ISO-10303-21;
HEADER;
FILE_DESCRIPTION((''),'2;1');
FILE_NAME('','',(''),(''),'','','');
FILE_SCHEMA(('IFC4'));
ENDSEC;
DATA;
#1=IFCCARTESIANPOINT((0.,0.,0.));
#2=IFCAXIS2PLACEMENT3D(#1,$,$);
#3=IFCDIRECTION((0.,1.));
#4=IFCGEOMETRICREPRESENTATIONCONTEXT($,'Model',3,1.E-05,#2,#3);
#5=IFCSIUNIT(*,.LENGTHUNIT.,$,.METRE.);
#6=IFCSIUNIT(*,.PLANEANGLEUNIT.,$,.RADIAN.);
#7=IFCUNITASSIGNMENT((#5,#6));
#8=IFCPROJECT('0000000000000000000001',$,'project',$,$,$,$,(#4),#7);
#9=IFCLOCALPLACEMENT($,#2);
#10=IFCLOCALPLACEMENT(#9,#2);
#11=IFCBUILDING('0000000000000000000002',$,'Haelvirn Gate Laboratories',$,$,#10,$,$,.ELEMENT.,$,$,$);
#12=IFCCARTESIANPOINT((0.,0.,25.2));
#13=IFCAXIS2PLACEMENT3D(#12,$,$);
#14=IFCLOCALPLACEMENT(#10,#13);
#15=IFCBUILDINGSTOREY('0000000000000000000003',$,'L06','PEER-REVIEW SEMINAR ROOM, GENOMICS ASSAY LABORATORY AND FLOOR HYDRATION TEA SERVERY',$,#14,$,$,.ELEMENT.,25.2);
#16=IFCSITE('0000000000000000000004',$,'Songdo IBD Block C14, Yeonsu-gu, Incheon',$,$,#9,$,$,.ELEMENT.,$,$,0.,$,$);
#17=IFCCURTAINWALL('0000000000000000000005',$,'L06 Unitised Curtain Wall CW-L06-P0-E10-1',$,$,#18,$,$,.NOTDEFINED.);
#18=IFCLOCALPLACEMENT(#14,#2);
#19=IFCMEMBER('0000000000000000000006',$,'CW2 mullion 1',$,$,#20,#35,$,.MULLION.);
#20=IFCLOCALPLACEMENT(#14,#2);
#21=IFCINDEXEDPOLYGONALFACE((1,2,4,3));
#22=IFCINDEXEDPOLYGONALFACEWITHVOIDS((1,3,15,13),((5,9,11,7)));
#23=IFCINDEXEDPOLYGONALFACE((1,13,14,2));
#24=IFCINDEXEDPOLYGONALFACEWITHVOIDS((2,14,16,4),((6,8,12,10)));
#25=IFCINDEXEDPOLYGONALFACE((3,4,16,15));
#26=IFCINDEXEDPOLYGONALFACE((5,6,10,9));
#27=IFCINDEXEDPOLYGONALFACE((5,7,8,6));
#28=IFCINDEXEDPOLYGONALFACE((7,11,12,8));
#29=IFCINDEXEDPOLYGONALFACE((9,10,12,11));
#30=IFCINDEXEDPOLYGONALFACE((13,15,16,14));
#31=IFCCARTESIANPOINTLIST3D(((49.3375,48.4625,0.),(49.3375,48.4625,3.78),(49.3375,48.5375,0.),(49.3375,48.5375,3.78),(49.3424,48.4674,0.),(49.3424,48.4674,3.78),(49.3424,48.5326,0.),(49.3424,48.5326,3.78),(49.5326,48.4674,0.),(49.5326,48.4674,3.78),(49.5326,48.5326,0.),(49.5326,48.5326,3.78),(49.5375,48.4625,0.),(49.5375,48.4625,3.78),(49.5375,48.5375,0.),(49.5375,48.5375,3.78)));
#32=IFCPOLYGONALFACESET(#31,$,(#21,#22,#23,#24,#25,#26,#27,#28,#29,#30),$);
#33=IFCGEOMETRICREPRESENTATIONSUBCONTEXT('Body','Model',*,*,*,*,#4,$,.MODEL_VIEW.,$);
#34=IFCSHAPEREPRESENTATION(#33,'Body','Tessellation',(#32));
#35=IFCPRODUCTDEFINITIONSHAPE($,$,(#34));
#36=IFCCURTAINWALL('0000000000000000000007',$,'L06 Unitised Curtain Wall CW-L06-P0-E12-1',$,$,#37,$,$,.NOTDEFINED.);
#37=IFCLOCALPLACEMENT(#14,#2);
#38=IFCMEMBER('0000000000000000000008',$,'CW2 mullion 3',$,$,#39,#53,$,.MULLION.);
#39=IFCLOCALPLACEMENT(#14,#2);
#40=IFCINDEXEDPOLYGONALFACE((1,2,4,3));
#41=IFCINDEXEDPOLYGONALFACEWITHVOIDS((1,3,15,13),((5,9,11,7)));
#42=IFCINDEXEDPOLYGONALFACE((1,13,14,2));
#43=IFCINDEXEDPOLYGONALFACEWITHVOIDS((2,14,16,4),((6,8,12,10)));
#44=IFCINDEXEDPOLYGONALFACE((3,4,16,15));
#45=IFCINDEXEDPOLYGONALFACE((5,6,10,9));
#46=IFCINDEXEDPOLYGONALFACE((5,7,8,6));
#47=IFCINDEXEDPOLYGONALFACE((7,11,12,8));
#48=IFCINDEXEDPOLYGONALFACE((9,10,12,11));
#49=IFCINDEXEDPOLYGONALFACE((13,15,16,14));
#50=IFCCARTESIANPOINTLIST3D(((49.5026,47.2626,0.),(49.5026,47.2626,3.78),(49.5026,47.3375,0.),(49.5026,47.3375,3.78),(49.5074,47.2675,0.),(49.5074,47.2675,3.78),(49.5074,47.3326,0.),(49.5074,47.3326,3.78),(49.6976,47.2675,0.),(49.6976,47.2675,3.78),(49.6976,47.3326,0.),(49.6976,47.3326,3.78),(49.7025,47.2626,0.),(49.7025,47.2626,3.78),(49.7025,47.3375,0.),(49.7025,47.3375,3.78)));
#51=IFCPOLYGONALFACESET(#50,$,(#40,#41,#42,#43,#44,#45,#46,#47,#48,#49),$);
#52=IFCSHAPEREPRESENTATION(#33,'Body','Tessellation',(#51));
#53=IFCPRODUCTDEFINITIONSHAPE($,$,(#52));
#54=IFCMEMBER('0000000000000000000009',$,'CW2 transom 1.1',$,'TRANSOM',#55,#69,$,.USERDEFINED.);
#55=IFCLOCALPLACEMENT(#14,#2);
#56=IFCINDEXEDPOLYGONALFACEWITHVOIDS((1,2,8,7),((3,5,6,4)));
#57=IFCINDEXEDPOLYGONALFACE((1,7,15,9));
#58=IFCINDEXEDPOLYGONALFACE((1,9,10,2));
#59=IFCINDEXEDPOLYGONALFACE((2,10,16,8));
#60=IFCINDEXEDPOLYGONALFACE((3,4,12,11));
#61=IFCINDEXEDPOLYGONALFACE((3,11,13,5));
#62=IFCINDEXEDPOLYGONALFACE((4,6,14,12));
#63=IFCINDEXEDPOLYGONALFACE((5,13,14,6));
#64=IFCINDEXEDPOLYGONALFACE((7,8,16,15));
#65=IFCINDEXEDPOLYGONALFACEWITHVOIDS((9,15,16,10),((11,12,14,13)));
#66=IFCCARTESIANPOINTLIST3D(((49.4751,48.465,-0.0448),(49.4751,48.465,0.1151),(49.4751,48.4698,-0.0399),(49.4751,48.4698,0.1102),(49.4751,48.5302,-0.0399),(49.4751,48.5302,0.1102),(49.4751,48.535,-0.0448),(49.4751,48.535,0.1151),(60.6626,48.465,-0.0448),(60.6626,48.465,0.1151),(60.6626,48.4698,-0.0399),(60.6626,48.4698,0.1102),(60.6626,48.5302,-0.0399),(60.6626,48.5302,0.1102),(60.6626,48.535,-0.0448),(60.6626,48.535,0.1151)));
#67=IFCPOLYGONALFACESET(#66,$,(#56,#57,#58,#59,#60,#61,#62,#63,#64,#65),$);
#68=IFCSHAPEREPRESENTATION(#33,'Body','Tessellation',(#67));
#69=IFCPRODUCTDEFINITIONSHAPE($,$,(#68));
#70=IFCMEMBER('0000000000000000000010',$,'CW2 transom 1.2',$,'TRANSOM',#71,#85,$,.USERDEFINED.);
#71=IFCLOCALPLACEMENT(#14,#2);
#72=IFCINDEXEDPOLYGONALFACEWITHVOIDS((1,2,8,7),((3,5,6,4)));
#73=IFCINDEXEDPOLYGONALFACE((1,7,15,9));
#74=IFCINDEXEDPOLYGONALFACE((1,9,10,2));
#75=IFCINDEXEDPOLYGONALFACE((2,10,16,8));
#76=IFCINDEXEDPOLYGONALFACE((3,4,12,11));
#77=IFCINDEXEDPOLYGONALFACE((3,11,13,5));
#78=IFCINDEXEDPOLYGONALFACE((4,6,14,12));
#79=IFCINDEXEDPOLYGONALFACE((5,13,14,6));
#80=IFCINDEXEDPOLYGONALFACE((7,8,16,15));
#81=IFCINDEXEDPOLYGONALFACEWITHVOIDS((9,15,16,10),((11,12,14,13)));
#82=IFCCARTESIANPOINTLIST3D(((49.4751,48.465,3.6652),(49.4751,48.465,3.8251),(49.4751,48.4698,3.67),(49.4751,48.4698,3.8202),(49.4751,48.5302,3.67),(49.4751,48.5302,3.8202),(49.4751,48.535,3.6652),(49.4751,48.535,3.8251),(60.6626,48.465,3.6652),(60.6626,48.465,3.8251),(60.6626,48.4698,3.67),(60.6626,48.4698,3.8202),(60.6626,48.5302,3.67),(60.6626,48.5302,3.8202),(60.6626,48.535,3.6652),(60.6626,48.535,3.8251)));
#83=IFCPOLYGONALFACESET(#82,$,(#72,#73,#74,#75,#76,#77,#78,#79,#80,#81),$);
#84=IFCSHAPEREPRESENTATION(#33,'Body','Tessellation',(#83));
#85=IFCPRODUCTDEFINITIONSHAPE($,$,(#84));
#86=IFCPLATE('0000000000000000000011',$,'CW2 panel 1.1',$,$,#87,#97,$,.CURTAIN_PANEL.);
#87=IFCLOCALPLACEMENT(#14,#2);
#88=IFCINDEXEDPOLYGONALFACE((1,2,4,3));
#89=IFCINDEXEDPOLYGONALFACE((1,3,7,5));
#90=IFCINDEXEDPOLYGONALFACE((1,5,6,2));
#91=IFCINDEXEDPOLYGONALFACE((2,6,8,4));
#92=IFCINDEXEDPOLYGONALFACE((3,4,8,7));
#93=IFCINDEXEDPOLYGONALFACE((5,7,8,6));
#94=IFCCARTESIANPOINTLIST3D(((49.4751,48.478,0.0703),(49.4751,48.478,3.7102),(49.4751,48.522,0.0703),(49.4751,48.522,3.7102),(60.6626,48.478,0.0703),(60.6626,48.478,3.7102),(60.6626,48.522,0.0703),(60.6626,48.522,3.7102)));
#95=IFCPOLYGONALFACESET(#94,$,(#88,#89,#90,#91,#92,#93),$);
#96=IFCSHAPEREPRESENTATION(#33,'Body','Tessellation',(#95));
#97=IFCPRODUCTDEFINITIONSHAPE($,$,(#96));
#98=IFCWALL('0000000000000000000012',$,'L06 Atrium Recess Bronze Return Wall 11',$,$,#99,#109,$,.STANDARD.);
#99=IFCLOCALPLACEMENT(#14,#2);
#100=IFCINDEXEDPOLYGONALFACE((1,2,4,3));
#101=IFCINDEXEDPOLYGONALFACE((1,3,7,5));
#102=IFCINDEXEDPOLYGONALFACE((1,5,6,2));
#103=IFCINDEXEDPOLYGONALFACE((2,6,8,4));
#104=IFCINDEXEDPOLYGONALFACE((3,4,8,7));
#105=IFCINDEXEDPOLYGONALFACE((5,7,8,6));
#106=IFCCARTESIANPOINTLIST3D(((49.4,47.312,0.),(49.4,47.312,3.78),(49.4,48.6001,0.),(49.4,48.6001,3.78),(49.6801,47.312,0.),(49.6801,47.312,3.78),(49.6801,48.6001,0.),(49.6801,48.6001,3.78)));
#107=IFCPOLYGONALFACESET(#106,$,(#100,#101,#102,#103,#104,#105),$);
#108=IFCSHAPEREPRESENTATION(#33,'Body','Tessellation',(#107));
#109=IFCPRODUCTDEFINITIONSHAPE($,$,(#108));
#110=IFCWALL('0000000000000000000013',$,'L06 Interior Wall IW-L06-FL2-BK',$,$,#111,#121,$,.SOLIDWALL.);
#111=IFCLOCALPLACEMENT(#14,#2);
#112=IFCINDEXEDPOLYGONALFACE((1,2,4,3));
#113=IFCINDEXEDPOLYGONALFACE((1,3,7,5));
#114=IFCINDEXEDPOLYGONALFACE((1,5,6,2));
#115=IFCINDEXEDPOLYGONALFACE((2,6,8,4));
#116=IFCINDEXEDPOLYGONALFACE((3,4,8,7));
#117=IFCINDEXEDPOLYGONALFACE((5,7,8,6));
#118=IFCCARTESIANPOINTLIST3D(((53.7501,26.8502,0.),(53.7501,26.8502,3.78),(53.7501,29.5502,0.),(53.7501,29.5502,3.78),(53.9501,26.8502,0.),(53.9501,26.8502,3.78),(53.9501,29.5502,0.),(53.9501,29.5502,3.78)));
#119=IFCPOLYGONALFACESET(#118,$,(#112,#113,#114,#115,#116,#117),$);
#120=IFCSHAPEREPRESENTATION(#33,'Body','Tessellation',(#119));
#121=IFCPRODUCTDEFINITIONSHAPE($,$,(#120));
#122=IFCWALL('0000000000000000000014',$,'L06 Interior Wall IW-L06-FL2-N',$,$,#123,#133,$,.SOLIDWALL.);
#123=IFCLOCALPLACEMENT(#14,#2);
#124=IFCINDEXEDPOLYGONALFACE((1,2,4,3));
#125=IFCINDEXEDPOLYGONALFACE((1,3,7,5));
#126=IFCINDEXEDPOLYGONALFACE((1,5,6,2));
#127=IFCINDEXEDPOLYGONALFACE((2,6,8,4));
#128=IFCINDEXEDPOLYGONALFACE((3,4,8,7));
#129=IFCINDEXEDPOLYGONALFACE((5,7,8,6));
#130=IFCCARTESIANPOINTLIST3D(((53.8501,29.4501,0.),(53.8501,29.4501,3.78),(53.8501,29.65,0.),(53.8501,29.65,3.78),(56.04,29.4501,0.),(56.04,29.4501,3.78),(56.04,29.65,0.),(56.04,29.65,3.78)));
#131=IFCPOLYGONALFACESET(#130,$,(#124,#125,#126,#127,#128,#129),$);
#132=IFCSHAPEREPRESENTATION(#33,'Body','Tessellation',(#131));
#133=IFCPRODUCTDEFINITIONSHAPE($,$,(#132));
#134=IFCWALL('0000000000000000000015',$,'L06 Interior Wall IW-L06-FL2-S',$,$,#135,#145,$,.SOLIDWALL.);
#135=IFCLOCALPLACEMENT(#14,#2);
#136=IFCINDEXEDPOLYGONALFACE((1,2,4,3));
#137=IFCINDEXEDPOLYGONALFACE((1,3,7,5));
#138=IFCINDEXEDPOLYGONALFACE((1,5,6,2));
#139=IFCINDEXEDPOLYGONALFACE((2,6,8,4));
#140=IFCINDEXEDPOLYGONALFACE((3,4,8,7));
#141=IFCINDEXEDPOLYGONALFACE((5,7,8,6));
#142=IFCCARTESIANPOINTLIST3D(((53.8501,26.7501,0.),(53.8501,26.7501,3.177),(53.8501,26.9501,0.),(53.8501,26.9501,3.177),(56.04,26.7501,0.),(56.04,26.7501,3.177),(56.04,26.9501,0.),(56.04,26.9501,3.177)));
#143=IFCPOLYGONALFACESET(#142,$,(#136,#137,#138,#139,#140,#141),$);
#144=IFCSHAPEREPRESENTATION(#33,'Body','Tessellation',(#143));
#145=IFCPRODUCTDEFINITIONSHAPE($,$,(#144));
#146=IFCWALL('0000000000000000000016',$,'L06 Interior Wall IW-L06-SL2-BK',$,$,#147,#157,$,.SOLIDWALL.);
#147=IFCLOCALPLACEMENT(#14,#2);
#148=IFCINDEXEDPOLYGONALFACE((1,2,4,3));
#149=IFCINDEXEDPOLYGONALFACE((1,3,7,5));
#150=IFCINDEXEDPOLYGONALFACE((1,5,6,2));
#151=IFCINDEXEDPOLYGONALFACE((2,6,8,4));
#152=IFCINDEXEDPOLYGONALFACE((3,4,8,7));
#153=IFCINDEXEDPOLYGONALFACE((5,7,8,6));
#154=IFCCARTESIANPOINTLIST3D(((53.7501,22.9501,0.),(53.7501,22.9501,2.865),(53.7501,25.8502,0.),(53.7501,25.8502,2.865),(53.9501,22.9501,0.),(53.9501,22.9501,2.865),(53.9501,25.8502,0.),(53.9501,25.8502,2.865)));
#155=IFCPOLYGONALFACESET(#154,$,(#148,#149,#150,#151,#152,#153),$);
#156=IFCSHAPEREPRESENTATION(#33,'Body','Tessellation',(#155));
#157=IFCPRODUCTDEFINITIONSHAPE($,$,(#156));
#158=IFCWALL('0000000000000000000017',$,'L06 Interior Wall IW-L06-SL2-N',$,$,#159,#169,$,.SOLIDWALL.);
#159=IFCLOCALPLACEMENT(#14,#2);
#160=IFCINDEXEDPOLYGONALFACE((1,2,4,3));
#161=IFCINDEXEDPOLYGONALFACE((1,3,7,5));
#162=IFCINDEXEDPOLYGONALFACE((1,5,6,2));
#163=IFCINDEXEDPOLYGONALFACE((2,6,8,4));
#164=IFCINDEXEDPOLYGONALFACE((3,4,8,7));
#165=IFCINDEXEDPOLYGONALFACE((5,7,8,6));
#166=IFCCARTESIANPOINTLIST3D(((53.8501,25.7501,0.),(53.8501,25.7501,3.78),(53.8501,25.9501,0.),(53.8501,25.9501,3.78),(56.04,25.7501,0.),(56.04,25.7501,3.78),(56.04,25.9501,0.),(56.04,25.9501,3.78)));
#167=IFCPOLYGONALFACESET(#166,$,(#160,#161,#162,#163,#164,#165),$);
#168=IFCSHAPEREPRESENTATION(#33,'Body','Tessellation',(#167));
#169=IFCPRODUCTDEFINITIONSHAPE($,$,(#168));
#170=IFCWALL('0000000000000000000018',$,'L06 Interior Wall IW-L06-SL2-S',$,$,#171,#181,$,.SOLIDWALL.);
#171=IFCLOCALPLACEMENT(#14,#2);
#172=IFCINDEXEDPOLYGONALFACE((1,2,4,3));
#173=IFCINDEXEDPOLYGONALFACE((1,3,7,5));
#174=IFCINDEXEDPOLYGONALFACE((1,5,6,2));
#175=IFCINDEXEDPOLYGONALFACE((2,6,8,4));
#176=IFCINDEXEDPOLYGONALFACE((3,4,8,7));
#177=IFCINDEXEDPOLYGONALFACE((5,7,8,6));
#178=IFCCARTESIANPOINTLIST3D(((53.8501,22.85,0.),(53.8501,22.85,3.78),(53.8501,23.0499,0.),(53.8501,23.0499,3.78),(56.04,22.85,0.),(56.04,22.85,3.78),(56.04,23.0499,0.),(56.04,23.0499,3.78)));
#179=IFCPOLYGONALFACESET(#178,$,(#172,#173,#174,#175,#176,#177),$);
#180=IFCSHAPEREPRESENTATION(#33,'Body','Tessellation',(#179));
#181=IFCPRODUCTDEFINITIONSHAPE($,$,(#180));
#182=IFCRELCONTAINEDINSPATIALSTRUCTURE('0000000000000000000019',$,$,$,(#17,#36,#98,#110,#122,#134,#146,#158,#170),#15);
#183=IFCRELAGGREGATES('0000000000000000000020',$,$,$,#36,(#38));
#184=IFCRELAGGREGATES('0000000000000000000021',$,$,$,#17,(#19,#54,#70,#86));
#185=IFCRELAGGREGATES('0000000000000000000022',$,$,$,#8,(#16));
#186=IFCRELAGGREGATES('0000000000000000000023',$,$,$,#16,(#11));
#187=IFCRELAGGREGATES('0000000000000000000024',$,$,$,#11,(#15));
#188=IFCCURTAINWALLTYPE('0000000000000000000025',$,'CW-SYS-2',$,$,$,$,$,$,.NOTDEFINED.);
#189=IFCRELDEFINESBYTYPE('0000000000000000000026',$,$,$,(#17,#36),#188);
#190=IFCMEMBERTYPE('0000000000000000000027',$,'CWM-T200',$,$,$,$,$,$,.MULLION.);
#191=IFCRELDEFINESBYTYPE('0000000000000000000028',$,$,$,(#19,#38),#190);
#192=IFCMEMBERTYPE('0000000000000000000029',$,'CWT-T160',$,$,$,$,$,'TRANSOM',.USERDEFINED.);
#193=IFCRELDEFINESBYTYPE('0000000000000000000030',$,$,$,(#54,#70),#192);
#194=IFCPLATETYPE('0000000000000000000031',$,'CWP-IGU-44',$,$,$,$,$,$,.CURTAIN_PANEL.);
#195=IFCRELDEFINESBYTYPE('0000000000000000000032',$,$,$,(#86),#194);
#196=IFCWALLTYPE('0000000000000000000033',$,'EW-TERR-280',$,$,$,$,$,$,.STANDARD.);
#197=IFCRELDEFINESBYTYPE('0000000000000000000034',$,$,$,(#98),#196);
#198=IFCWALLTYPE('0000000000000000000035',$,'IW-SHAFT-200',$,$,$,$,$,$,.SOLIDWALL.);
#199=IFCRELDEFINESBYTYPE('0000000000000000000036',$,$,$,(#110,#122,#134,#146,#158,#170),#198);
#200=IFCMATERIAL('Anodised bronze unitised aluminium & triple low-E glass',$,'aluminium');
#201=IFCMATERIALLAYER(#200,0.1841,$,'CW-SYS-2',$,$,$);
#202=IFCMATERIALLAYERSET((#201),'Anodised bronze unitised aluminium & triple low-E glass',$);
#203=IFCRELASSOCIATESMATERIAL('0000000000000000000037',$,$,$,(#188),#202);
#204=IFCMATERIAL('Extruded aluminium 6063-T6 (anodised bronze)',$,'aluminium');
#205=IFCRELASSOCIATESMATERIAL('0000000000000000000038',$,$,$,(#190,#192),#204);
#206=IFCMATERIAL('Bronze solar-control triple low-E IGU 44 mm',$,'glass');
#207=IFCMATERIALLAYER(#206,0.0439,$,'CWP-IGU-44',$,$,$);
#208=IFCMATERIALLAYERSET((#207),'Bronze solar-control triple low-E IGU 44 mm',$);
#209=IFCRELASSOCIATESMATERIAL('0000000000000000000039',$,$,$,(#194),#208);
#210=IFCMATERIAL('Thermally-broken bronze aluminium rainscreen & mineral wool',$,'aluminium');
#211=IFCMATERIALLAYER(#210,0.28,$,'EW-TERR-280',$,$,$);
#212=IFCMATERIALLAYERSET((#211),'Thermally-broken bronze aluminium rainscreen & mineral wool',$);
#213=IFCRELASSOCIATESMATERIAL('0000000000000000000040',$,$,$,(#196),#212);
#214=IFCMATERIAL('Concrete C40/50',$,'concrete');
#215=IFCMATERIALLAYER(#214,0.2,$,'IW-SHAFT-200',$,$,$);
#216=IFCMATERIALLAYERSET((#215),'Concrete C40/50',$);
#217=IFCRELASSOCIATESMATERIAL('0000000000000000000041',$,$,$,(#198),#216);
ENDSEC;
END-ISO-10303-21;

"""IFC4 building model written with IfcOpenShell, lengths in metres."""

from ifc_helpers import new_model, si_unit, direction, frame, frame_2d, origin, origin_2d, place, context, subcontext, project, spatial, rectangle, hollow_rectangle, extrude, source, transform, mapped, material, layer, layer_set, material_profile, profile_set, type_object, type_shapes, element, aggregate, save


model = new_model("IFC4")

# Units and contexts
model_context = context("Model", 3, precision=1e-05, world=origin(), true_north=direction((0.0, 1.0)))
body_context = subcontext(model_context, "Body", "Model", "MODEL_VIEW")
ifc_project = project(units=[si_unit("LENGTHUNIT", "METRE"), si_unit("PLANEANGLEUNIT", "RADIAN")], contexts=[model_context])

# Site, building, storey
site_placement = place(None, origin())
site = spatial("IfcSite", under=ifc_project, at=site_placement, Name="Songdo IBD Block C14, Yeonsu-gu, Incheon", CompositionType="ELEMENT", RefElevation=0.0)
building_placement = place(site_placement, origin())
building = spatial("IfcBuilding", under=site, at=building_placement, Name="Haelvirn Gate Laboratories", CompositionType="ELEMENT")
storey_placement = place(building_placement, frame((0.0, 0.0, 25.2)))
storey = spatial("IfcBuildingStorey", under=building, at=storey_placement, Name="L06", Description="PEER-REVIEW SEMINAR ROOM, GENOMICS ASSAY LABORATORY AND FLOOR HYDRATION TEA SERVERY", CompositionType="ELEMENT", Elevation=25.2)

# Curtain walls, members
ifc_material_1 = material(Name="Anodised bronze unitised aluminium & triple low-E glass", Category="aluminium")
ifc_layer_1 = layer(ifc_material_1, 0.1841, Name="CW-SYS-2")
ifc_layer_set_1 = layer_set([ifc_layer_1], Name="Anodised bronze unitised aluminium & triple low-E glass")
curtain_wall_type = type_object("IfcCurtainWallType", Name="CW-SYS-2", PredefinedType="NOTDEFINED", material=ifc_layer_set_1)
curtain_wall_1_placement = place(storey_placement, origin())
curtain_wall_1 = element("IfcCurtainWall", 1, at=curtain_wall_1_placement, inside=storey, type_object=curtain_wall_type, Name="L06 Unitised Curtain Wall CW-L06-P0-E10-1", PredefinedType="NOTDEFINED")
ifc_material_2 = material(Name="Extruded aluminium 6063-T6 (anodised bronze)", Category="aluminium")
ifc_material_profile_1 = material_profile(ifc_material_2, hollow_rectangle(XDim=0.075, YDim=0.2, WallThickness=0.0049, at=origin_2d()), Name="CWM-200x75x5")
ifc_profile_set_1 = profile_set([ifc_material_profile_1], Name="Extruded aluminium 6063-T6 (anodised bronze)")
member_type_1 = type_object("IfcMemberType", Name="CWM-T200", PredefinedType="MULLION", material=ifc_profile_set_1)
shared_shape_1 = source(origin(), body_context, "Body", "SweptSolid", [
    extrude(hollow_rectangle(XDim=0.075, YDim=0.2, WallThickness=0.0049, at=origin_2d()), origin(), (0.0, 0.0, 1.0), 3.78),
])
type_shapes(member_type_1, [shared_shape_1])
member_1_placement = place(storey_placement, frame((49.4375, 48.5, 0.0), z_axis=(0.0, 0.0, 1.0), x_axis=(0.0, 1.0, 0.0)))
member_1 = element("IfcMember", 2, at=member_1_placement, type_object=member_type_1, Name="CW2 mullion 1", PredefinedType="MULLION", context=body_context, shape_type="MappedRepresentation", body=[
    mapped(shared_shape_1, transform((0.0, 0.0, 0.0), scale=1.0)),
])
curtain_wall_2_placement = place(storey_placement, origin())
curtain_wall_2 = element("IfcCurtainWall", 3, at=curtain_wall_2_placement, inside=storey, type_object=curtain_wall_type, Name="L06 Unitised Curtain Wall CW-L06-P0-E12-1", PredefinedType="NOTDEFINED")
member_2_placement = place(storey_placement, frame((49.6025, 47.3, 0.0), z_axis=(0.0, 0.0, 1.0), x_axis=(0.0, 1.0, 0.0)))
member_2 = element("IfcMember", 4, at=member_2_placement, type_object=member_type_1, Name="CW2 mullion 3", PredefinedType="MULLION", context=body_context, shape_type="MappedRepresentation", body=[
    mapped(shared_shape_1, transform((0.0, 0.0, 0.0), scale=1.0)),
])
aggregate(curtain_wall_2, [member_2])

# Members
ifc_material_profile_2 = material_profile(ifc_material_2, hollow_rectangle(XDim=0.0701, YDim=0.1599, WallThickness=0.0049, at=origin_2d()), Name="CWT-160x70x5")
ifc_profile_set_2 = profile_set([ifc_material_profile_2], Name="Extruded aluminium 6063-T6 (anodised bronze)")
member_type_2 = type_object("IfcMemberType", Name="CWT-T160", ElementType="TRANSOM", PredefinedType="USERDEFINED", material=ifc_profile_set_2)
shared_shape_2 = source(origin(), body_context, "Body", "SweptSolid", [
    extrude(hollow_rectangle(XDim=0.0701, YDim=0.1599, WallThickness=0.0049, at=origin_2d()), origin(), (0.0, 0.0, 1.0), 11.1875),
])
type_shapes(member_type_2, [shared_shape_2])
member_3_placement = place(storey_placement, frame((49.4751, 48.5, 0.0352), z_axis=(1.0, 0.0, 0.0), x_axis=(0.0, 1.0, 0.0)))
member_3 = element("IfcMember", 5, at=member_3_placement, type_object=member_type_2, Name="CW2 transom 1.1", ObjectType="TRANSOM", PredefinedType="USERDEFINED", context=body_context, shape_type="MappedRepresentation", body=[
    mapped(shared_shape_2, transform((0.0, 0.0, 0.0), scale=1.0)),
])
member_4_placement = place(storey_placement, frame((49.4751, 48.5, 3.7451), z_axis=(1.0, 0.0, 0.0), x_axis=(0.0, 1.0, 0.0)))
member_4 = element("IfcMember", 6, at=member_4_placement, type_object=member_type_2, Name="CW2 transom 1.2", ObjectType="TRANSOM", PredefinedType="USERDEFINED", context=body_context, shape_type="MappedRepresentation", body=[
    mapped(shared_shape_2, transform((0.0, 0.0, 0.0), scale=1.0)),
])

# Plate
ifc_material_3 = material(Name="Bronze solar-control triple low-E IGU 44 mm", Category="glass")
ifc_layer_2 = layer(ifc_material_3, 0.0439, Name="CWP-IGU-44")
ifc_layer_set_2 = layer_set([ifc_layer_2], Name="Bronze solar-control triple low-E IGU 44 mm")
plate_type = type_object("IfcPlateType", Name="CWP-IGU-44", PredefinedType="CURTAIN_PANEL", material=ifc_layer_set_2)
shared_shape_3 = source(origin(), body_context, "Body", "SweptSolid", [
    extrude(rectangle(XDim=11.1875, YDim=0.0439, at=origin_2d()), origin(), (0.0, 0.0, 1.0), 3.6399),
])
type_shapes(plate_type, [shared_shape_3])
plate_placement = place(storey_placement, frame((55.0688, 48.5, 0.0703), z_axis=(0.0, 0.0, 1.0), x_axis=(1.0, 0.0, 0.0)))
plate = element("IfcPlate", 7, at=plate_placement, type_object=plate_type, Name="CW2 panel 1.1", PredefinedType="CURTAIN_PANEL", context=body_context, shape_type="MappedRepresentation", body=[
    mapped(shared_shape_3, transform((0.0, 0.0, 0.0), scale=1.0)),
])
aggregate(curtain_wall_1, [member_1, member_3, member_4, plate])

# Walls
ifc_material_4 = material(Name="Thermally-broken bronze aluminium rainscreen & mineral wool", Category="aluminium")
ifc_layer_3 = layer(ifc_material_4, 0.28, Name="EW-TERR-280")
ifc_layer_set_3 = layer_set([ifc_layer_3], Name="Thermally-broken bronze aluminium rainscreen & mineral wool")
wall_type_1 = type_object("IfcWallType", Name="EW-TERR-280", PredefinedType="STANDARD", material=ifc_layer_set_3)
wall_1_placement = place(storey_placement, frame((49.54, 48.6001, 0.0), z_axis=(0.0, 0.0, 1.0), x_axis=(0.0, -1.0, 0.0)))
element("IfcWall", 8, at=wall_1_placement, inside=storey, type_object=wall_type_1, Name="L06 Atrium Recess Bronze Return Wall 11", PredefinedType="STANDARD", context=body_context, shape_type="SweptSolid", body=[
    extrude(rectangle(XDim=1.2881, YDim=0.28, at=frame_2d((0.644, 0.0))), origin(), (0.0, 0.0, 1.0), 3.78),
])
ifc_material_5 = material(Name="Concrete C40/50", Category="concrete")
ifc_layer_4 = layer(ifc_material_5, 0.2, Name="IW-SHAFT-200")
ifc_layer_set_4 = layer_set([ifc_layer_4], Name="Concrete C40/50")
wall_type_2 = type_object("IfcWallType", Name="IW-SHAFT-200", PredefinedType="SOLIDWALL", material=ifc_layer_set_4)
wall_2_placement = place(storey_placement, frame((53.8501, 26.8501, 0.0), z_axis=(0.0, 0.0, 1.0), x_axis=(0.0, 1.0, 0.0)))
element("IfcWall", 9, at=wall_2_placement, inside=storey, type_object=wall_type_2, Name="L06 Interior Wall IW-L06-FL2-BK", PredefinedType="SOLIDWALL", context=body_context, shape_type="SweptSolid", body=[
    extrude(rectangle(XDim=2.7, YDim=0.2, at=frame_2d((1.3501, 0.0))), origin(), (0.0, 0.0, 1.0), 3.78),
])
wall_3_placement = place(storey_placement, frame((53.8501, 29.55, 0.0), z_axis=(0.0, 0.0, 1.0), x_axis=(1.0, 0.0, 0.0)))
element("IfcWall", 10, at=wall_3_placement, inside=storey, type_object=wall_type_2, Name="L06 Interior Wall IW-L06-FL2-N", PredefinedType="SOLIDWALL", context=body_context, shape_type="SweptSolid", body=[
    extrude(rectangle(XDim=2.1899, YDim=0.2, at=frame_2d((1.095, 0.0))), origin(), (0.0, 0.0, 1.0), 3.78),
])
wall_4_placement = place(storey_placement, frame((53.8501, 26.8501, 0.0), z_axis=(0.0, 0.0, 1.0), x_axis=(1.0, 0.0, 0.0)))
element("IfcWall", 11, at=wall_4_placement, inside=storey, type_object=wall_type_2, Name="L06 Interior Wall IW-L06-FL2-S", PredefinedType="SOLIDWALL", context=body_context, shape_type="SweptSolid", body=[
    extrude(rectangle(XDim=2.1899, YDim=0.2, at=frame_2d((1.095, 0.0))), origin(), (0.0, 0.0, 1.0), 3.177),
])
wall_5_placement = place(storey_placement, frame((53.8501, 22.95, 0.0), z_axis=(0.0, 0.0, 1.0), x_axis=(0.0, 1.0, 0.0)))
element("IfcWall", 12, at=wall_5_placement, inside=storey, type_object=wall_type_2, Name="L06 Interior Wall IW-L06-SL2-BK", PredefinedType="SOLIDWALL", context=body_context, shape_type="SweptSolid", body=[
    extrude(rectangle(XDim=2.9001, YDim=0.2, at=frame_2d((1.4502, 0.0))), origin(), (0.0, 0.0, 1.0), 2.865),
])
for number, where, z_axis, x_axis, name in (
    (13, (53.8501, 25.8501, 0.0), (0.0, 0.0, 1.0), (1.0, 0.0, 0.0), "L06 Interior Wall IW-L06-SL2-N"),
    (14, (53.8501, 22.95, 0.0), (0.0, 0.0, 1.0), (1.0, 0.0, 0.0), "L06 Interior Wall IW-L06-SL2-S"),
):
    element("IfcWall", number, at=place(storey_placement, frame(where, z_axis=z_axis, x_axis=x_axis)), inside=storey, type_object=wall_type_2, Name=name, PredefinedType="SOLIDWALL", context=body_context, shape_type="SweptSolid", body=[
        extrude(rectangle(XDim=2.1899, YDim=0.2, at=frame_2d((1.095, 0.0))), origin(), (0.0, 0.0, 1.0), 3.78),
    ])

save(model, "model.ifc")
